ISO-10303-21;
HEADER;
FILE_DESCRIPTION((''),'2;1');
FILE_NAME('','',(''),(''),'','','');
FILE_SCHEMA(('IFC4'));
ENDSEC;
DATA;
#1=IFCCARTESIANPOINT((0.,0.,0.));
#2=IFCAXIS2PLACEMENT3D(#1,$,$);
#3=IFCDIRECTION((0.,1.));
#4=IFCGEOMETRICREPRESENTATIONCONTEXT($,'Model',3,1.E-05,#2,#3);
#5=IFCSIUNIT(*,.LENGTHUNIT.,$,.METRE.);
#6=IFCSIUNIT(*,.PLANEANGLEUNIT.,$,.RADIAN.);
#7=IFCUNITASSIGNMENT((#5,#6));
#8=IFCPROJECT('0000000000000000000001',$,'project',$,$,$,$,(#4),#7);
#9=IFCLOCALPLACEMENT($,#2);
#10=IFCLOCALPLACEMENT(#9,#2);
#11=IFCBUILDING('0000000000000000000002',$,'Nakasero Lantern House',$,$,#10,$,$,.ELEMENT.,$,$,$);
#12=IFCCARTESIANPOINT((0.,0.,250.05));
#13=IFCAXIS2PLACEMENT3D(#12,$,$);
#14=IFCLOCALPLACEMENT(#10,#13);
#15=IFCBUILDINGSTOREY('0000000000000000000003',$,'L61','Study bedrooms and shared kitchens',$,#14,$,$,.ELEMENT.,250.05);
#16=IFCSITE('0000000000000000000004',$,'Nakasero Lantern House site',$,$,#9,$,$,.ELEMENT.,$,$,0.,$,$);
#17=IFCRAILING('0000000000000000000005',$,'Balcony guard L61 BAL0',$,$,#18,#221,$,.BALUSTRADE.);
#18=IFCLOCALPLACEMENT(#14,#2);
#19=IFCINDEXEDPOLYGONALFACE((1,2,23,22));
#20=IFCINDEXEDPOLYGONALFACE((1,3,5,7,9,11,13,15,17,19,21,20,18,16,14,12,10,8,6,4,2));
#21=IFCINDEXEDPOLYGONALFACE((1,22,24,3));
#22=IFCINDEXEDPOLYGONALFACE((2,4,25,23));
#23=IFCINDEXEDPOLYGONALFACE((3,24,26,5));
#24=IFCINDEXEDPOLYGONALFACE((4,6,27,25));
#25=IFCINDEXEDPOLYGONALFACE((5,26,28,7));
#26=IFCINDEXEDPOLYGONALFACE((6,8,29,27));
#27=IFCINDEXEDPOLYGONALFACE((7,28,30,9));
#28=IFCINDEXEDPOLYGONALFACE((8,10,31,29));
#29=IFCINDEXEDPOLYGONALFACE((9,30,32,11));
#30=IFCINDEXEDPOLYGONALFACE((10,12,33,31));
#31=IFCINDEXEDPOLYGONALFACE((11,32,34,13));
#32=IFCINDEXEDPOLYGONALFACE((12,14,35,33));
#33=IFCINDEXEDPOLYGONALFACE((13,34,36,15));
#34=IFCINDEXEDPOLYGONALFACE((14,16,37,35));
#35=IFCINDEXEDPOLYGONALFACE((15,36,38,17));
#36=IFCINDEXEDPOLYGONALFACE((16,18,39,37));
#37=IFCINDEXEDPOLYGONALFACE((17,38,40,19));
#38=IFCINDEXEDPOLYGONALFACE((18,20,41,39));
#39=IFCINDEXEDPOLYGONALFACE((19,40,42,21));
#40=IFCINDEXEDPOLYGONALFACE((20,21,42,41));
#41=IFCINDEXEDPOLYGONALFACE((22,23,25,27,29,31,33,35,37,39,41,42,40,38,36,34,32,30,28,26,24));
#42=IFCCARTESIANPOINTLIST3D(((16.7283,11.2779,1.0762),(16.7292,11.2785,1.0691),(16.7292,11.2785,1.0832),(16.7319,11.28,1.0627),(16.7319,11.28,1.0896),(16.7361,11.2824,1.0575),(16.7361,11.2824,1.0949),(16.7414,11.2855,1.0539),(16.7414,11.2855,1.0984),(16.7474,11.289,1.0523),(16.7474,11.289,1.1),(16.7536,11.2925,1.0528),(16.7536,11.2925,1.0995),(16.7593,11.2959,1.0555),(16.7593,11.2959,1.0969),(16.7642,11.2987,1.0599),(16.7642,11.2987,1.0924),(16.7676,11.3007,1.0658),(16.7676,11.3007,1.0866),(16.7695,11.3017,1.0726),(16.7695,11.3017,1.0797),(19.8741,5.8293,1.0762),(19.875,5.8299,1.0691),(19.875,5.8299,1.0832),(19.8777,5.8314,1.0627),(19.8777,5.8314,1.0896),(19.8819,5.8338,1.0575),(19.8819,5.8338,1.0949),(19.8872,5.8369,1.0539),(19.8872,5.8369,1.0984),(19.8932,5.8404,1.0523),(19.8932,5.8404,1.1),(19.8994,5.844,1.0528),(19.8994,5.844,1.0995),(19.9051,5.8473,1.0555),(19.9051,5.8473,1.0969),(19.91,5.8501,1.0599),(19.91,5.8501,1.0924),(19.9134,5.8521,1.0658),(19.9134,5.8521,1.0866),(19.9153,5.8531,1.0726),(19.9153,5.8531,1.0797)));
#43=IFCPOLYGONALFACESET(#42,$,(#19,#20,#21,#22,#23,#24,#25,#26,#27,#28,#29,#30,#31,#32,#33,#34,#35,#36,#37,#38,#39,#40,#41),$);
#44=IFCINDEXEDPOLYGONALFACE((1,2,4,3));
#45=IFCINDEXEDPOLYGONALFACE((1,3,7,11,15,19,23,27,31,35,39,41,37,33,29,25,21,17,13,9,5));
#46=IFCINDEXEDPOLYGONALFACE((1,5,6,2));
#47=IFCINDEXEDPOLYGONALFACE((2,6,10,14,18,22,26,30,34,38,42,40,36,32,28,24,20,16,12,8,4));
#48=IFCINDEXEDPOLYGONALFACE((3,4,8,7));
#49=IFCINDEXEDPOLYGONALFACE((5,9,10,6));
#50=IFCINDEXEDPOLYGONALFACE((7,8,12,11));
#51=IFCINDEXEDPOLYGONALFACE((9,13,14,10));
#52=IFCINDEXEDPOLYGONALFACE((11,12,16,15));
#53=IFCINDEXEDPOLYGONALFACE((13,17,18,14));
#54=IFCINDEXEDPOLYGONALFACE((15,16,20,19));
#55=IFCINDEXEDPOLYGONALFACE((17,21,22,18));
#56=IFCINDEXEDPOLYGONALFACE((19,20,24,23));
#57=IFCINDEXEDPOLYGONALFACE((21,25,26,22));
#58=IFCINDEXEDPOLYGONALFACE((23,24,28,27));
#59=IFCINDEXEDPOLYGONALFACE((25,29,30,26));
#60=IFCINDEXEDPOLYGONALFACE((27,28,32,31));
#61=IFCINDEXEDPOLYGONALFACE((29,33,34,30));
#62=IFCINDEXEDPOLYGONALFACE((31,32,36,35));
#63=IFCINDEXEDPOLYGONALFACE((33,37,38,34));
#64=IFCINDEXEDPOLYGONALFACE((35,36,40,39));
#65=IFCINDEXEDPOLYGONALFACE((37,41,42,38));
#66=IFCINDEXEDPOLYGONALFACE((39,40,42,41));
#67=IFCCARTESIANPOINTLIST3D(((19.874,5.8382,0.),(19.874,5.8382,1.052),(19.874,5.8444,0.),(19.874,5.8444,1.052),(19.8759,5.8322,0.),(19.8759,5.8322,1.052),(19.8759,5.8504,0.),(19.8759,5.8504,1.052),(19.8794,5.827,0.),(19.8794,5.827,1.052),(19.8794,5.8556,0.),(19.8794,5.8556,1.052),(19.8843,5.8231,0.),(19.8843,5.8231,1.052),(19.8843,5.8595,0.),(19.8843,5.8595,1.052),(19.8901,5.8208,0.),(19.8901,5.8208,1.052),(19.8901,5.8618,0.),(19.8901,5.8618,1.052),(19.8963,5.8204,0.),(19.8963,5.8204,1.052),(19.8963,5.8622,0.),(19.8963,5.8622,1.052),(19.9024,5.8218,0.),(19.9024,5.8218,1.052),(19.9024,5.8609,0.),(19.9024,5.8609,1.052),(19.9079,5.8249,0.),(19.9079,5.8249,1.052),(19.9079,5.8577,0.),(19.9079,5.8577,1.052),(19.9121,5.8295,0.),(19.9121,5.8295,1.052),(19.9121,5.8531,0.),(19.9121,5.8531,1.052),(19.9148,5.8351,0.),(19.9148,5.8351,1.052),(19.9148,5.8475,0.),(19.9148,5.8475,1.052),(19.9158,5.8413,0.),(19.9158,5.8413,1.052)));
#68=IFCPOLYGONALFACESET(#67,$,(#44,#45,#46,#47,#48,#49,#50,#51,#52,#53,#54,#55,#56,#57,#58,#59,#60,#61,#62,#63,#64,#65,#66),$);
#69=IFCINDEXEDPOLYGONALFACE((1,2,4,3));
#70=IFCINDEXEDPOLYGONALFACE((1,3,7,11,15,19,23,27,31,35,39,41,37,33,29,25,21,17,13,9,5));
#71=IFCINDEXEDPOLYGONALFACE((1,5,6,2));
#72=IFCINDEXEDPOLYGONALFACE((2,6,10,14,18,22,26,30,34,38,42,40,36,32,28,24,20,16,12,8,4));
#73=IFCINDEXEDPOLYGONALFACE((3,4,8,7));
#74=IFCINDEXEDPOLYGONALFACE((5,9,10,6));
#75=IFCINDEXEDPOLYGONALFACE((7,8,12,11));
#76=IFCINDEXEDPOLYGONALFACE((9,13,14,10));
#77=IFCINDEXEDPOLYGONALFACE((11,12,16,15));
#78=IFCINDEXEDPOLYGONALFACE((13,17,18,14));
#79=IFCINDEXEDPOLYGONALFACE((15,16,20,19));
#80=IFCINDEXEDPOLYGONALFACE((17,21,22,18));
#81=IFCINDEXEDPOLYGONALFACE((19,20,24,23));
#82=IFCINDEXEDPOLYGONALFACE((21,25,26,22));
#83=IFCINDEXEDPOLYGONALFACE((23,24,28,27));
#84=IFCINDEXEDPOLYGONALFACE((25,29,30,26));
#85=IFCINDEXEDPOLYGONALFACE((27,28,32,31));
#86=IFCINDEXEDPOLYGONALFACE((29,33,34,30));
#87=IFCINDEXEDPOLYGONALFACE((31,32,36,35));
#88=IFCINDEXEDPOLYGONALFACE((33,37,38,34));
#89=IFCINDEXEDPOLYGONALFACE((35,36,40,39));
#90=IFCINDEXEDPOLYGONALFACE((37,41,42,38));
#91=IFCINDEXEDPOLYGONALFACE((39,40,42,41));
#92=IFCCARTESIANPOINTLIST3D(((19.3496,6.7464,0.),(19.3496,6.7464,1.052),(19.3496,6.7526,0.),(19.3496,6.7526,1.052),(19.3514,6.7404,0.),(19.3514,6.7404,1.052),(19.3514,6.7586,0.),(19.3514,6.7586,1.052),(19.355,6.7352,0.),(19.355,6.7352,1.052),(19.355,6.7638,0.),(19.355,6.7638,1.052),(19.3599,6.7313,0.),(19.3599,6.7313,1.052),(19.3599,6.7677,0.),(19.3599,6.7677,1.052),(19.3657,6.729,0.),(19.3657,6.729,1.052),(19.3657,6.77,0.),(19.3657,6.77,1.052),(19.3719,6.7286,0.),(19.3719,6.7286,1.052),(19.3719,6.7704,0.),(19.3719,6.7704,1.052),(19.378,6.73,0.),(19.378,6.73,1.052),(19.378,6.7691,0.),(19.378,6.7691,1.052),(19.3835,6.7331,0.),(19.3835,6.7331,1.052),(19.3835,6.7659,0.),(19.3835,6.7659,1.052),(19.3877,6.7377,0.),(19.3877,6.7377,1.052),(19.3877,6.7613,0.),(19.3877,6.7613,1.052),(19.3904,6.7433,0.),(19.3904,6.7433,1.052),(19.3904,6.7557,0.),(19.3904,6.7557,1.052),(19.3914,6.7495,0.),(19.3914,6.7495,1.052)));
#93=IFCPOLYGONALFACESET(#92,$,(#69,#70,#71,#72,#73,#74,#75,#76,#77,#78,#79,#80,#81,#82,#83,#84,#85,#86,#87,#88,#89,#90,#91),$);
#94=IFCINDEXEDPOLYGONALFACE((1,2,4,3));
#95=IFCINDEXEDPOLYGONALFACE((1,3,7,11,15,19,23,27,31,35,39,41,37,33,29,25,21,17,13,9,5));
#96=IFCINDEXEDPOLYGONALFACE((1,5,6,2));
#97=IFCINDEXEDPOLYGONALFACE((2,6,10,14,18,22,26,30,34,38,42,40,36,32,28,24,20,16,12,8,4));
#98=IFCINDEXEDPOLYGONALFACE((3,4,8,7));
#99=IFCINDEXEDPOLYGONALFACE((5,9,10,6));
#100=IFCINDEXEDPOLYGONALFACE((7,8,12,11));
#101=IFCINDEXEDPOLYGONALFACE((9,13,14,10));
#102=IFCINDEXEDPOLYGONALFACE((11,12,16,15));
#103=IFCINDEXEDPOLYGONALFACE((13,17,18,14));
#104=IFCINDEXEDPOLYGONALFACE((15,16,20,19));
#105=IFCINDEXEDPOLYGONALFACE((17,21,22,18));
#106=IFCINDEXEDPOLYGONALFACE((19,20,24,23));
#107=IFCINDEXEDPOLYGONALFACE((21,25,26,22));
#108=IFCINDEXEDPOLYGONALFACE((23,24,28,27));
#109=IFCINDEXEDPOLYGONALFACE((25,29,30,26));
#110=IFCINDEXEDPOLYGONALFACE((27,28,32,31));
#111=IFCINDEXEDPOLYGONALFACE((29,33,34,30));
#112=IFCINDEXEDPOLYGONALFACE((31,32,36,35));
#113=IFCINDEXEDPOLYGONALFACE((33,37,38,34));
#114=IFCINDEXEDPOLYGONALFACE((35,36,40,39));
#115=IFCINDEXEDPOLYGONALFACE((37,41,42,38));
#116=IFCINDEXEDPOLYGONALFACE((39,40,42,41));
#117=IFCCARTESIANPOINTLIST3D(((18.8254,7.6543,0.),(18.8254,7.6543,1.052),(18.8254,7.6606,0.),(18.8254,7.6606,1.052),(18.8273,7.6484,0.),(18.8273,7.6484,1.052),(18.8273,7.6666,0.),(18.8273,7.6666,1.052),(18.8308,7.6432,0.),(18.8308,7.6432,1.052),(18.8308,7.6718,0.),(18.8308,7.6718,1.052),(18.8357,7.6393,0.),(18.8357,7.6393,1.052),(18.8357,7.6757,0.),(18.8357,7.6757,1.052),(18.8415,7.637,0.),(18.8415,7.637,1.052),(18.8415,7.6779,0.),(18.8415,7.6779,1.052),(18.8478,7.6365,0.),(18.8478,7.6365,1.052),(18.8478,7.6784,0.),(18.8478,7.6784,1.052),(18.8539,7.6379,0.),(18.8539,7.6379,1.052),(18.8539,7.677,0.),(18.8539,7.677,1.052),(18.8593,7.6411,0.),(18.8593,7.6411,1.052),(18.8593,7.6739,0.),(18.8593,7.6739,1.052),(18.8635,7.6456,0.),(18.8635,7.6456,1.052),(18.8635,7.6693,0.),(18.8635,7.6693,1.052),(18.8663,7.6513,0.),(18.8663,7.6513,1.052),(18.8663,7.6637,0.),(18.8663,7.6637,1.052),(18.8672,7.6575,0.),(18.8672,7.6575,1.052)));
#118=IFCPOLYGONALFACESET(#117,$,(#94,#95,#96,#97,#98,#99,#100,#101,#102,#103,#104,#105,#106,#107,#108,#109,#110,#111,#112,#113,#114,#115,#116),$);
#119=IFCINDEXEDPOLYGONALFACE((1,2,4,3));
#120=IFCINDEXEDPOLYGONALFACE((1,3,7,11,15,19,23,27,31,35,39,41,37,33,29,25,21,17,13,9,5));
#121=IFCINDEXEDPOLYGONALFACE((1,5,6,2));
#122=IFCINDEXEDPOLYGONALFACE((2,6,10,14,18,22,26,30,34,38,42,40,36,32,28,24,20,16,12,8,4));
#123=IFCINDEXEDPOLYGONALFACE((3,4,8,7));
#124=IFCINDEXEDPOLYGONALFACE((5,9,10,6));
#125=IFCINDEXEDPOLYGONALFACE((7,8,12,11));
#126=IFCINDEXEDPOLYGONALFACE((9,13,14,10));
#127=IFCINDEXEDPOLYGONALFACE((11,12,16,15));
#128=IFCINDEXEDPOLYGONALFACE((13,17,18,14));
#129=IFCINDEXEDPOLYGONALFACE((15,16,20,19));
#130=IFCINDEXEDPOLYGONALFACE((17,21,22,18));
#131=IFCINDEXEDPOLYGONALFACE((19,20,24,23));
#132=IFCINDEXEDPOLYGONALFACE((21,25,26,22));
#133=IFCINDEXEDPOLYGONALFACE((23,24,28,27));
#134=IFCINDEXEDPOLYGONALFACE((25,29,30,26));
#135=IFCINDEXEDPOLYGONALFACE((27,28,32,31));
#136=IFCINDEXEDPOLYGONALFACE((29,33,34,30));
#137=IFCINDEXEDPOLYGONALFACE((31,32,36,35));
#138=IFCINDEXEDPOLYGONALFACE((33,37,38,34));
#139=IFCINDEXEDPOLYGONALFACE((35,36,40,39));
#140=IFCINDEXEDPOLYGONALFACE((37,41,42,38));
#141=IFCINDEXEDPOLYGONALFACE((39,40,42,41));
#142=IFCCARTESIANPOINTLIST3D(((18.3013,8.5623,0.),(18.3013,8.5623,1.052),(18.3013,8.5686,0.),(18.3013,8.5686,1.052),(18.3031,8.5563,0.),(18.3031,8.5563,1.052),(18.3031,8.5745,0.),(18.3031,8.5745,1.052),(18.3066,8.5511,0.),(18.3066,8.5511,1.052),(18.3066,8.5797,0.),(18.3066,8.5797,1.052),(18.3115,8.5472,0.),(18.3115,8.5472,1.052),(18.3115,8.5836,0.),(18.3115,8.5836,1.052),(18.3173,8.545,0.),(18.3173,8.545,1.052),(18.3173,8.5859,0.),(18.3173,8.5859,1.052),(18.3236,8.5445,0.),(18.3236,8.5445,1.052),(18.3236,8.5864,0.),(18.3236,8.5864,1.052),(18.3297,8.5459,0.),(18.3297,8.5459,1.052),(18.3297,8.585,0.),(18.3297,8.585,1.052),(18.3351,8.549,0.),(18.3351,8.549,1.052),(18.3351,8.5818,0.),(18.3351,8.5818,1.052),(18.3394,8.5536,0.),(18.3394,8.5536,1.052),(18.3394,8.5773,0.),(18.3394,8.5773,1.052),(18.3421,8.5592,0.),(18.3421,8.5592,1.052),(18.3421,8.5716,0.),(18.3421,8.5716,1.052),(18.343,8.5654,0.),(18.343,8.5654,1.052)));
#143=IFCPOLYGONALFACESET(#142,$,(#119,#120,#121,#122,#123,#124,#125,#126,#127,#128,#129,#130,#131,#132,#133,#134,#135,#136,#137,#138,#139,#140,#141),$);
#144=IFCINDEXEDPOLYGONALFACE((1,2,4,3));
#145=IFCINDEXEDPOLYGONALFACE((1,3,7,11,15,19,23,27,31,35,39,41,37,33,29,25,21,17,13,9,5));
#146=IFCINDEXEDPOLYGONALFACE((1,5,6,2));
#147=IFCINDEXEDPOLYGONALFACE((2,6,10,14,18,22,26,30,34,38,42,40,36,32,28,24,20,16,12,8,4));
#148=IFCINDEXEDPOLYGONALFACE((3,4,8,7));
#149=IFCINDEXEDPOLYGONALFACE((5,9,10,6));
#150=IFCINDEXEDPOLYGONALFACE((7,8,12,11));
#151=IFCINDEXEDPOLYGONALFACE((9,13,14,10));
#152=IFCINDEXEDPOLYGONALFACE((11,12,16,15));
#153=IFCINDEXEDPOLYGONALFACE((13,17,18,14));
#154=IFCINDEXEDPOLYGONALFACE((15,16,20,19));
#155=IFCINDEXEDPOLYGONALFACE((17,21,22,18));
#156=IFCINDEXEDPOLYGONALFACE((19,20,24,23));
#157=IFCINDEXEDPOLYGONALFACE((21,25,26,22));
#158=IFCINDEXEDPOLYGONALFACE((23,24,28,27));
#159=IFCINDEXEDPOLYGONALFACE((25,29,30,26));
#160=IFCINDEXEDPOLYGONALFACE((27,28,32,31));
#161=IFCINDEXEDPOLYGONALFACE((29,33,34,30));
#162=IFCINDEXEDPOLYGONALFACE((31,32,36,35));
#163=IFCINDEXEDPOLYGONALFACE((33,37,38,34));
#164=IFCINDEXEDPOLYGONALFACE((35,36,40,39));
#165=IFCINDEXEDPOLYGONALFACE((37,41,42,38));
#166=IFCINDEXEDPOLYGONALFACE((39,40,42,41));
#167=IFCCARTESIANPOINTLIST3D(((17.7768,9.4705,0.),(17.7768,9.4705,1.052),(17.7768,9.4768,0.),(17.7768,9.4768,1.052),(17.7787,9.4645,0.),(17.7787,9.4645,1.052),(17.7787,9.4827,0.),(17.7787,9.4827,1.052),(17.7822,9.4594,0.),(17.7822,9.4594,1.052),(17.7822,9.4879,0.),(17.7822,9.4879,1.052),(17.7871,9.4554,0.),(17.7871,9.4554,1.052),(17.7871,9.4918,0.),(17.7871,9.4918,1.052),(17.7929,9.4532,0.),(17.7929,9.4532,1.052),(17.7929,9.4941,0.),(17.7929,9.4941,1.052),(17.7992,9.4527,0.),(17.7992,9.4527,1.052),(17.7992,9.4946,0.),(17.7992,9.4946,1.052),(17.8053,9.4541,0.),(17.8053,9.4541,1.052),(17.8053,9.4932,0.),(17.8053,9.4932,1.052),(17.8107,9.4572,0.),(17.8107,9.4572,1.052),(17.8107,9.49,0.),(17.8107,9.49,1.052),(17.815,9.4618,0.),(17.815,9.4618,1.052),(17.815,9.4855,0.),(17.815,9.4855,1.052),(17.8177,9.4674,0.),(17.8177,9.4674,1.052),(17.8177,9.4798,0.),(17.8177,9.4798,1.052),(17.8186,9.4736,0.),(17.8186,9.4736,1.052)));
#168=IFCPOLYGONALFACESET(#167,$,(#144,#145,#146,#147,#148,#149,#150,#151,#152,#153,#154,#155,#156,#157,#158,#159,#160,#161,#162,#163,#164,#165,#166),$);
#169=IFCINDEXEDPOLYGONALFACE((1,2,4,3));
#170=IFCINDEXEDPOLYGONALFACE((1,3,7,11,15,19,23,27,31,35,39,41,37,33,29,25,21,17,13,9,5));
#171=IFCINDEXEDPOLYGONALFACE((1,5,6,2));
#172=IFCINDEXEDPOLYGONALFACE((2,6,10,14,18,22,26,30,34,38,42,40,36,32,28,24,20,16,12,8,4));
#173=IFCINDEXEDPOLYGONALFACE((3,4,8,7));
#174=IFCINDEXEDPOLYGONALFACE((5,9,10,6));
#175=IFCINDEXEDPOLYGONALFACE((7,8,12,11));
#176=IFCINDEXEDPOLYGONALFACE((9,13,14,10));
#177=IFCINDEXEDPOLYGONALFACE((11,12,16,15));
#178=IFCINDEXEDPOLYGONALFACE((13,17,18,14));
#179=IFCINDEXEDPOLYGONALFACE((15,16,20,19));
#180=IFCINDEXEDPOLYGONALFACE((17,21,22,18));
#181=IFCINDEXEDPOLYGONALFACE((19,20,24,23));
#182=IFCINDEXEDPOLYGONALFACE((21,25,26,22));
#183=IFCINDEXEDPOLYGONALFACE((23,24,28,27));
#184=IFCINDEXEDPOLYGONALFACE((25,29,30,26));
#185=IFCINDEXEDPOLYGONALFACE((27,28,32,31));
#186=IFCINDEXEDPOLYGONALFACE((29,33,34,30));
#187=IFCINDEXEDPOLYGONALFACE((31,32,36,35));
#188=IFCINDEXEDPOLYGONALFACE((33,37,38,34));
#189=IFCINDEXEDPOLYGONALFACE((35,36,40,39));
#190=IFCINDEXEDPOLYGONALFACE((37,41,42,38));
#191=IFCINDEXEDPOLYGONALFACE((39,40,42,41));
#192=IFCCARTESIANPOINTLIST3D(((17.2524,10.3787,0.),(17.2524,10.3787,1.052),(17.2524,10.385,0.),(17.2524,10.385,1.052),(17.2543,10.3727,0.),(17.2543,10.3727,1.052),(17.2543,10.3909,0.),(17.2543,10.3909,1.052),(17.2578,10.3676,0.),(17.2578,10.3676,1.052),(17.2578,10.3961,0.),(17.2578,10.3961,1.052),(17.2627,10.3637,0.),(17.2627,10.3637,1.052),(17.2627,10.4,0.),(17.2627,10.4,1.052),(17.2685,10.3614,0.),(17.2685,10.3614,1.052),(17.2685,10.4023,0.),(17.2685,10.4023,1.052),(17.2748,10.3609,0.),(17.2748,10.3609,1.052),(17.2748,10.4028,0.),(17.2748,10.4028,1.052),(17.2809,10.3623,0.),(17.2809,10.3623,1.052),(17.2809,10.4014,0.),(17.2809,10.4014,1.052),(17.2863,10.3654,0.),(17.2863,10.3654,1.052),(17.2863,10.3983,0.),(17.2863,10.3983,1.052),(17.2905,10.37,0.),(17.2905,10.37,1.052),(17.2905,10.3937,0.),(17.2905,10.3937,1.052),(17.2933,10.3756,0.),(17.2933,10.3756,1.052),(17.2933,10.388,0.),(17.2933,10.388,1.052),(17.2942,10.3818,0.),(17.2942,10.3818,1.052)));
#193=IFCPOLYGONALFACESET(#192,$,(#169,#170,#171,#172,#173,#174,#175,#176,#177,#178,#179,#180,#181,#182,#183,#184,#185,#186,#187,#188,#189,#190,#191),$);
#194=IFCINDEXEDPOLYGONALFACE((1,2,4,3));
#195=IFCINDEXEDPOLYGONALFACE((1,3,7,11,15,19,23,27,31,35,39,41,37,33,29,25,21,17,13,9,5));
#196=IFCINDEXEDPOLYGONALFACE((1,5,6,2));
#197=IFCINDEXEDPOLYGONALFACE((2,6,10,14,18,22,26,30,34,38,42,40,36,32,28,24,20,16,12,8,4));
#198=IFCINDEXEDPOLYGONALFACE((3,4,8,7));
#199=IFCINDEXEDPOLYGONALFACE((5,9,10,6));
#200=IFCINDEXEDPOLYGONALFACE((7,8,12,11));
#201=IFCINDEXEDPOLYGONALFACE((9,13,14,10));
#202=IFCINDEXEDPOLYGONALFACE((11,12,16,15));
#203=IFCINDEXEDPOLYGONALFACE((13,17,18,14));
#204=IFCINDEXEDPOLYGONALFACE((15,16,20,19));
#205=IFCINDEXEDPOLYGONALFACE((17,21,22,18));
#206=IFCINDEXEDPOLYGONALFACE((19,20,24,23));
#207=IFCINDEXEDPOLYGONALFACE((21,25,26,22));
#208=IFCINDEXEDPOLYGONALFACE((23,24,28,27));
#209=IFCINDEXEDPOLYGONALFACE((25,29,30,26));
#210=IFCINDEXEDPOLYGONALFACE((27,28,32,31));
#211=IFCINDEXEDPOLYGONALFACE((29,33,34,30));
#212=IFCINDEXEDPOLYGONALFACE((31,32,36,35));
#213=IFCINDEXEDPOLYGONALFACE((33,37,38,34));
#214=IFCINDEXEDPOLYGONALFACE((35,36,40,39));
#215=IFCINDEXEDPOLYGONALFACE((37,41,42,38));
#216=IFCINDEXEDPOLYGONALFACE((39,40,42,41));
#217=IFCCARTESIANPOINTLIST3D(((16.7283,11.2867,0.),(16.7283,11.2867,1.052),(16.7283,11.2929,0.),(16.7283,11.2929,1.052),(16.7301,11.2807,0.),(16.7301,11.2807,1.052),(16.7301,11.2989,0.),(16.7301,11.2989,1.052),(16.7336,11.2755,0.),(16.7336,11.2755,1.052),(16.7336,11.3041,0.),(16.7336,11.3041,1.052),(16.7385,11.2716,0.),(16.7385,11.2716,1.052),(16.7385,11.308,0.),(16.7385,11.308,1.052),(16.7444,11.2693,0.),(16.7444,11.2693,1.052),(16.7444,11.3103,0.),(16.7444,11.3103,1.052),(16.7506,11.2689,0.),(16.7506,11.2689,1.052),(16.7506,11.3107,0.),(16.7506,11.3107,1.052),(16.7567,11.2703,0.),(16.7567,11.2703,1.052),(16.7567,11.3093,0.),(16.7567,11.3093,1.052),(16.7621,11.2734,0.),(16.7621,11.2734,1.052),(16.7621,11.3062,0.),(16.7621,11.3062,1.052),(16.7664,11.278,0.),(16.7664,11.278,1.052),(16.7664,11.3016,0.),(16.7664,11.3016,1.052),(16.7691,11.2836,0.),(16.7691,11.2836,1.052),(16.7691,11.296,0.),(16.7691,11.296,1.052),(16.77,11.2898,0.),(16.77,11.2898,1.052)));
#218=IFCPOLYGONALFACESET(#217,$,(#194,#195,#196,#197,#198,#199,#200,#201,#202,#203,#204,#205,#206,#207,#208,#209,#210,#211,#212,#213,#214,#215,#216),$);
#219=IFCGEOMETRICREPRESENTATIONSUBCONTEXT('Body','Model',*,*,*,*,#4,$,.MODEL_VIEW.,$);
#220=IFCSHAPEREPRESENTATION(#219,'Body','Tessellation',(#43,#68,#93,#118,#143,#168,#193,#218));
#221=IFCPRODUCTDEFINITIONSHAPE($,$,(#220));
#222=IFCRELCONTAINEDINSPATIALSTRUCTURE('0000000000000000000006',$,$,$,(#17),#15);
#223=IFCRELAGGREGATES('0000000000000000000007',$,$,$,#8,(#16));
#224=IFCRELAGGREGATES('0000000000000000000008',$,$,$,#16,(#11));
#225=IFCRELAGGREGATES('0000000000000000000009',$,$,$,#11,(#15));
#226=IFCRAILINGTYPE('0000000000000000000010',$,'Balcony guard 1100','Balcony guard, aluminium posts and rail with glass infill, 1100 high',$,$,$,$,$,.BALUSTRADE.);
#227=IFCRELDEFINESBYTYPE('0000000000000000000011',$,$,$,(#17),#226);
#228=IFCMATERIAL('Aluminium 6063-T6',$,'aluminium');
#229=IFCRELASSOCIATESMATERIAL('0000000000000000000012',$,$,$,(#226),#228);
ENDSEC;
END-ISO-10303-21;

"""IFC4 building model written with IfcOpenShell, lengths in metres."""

from ifc_helpers import new_model, si_unit, direction, frame, origin, origin_2d, place, context, subcontext, project, spatial, circle, extrude, material, type_object, element, save


model = new_model("IFC4")

# Units and contexts
model_context = context("Model", 3, precision=1e-05, world=origin(), true_north=direction((0.0, 1.0)))
body_context = subcontext(model_context, "Body", "Model", "MODEL_VIEW")
ifc_project = project(units=[si_unit("LENGTHUNIT", "METRE"), si_unit("PLANEANGLEUNIT", "RADIAN")], contexts=[model_context])

# Site, building, storey
site_placement = place(None, origin())
site = spatial("IfcSite", under=ifc_project, at=site_placement, Name="Nakasero Lantern House site", CompositionType="ELEMENT", RefElevation=0.0)
building_placement = place(site_placement, origin())
building = spatial("IfcBuilding", under=site, at=building_placement, Name="Nakasero Lantern House", CompositionType="ELEMENT")
storey_placement = place(building_placement, frame((0.0, 0.0, 250.05)))
storey = spatial("IfcBuildingStorey", under=building, at=storey_placement, Name="L61", Description="Study bedrooms and shared kitchens", CompositionType="ELEMENT", Elevation=250.05)

# Railing
ifc_material_1 = material(Name="Aluminium 6063-T6", Category="aluminium")
railing_type = type_object("IfcRailingType", Name="Balcony guard 1100", Description="Balcony guard, aluminium posts and rail with glass infill, 1100 high", PredefinedType="BALUSTRADE", material=ifc_material_1)
railing_placement = place(storey_placement, frame((19.8948, 5.8413, 0.0)))
element("IfcRailing", 1, at=railing_placement, inside=storey, type_object=railing_type, Name="Balcony guard L61 BAL0", PredefinedType="BALUSTRADE", context=body_context, shape_type="SweptSolid", body=[
    extrude(circle(Radius=0.0239, at=origin_2d()), frame((0.0, 0.0, 1.0762), z_axis=(-0.500008, 0.866021, 0.0), x_axis=(-0.866021, -0.500008, 0.0)), (0.0, 0.0, 1.0), 6.2915),
    extrude(circle(Radius=0.021, at=origin_2d()), origin(), (0.0, 0.0, 1.0), 1.052),
    extrude(circle(Radius=0.021, at=origin_2d()), frame((-0.5244, 0.9082, 0.0)), (0.0, 0.0, 1.0), 1.052),
    extrude(circle(Radius=0.021, at=origin_2d()), frame((-1.0486, 1.8162, 0.0)), (0.0, 0.0, 1.0), 1.052),
    extrude(circle(Radius=0.021, at=origin_2d()), frame((-1.5728, 2.7241, 0.0)), (0.0, 0.0, 1.0), 1.052),
    extrude(circle(Radius=0.021, at=origin_2d()), frame((-2.0972, 3.6323, 0.0)), (0.0, 0.0, 1.0), 1.052),
    extrude(circle(Radius=0.021, at=origin_2d()), frame((-2.6216, 4.5405, 0.0)), (0.0, 0.0, 1.0), 1.052),
    extrude(circle(Radius=0.021, at=origin_2d()), frame((-3.1458, 5.4485, 0.0)), (0.0, 0.0, 1.0), 1.052),
])

save(model, "model.ifc")
